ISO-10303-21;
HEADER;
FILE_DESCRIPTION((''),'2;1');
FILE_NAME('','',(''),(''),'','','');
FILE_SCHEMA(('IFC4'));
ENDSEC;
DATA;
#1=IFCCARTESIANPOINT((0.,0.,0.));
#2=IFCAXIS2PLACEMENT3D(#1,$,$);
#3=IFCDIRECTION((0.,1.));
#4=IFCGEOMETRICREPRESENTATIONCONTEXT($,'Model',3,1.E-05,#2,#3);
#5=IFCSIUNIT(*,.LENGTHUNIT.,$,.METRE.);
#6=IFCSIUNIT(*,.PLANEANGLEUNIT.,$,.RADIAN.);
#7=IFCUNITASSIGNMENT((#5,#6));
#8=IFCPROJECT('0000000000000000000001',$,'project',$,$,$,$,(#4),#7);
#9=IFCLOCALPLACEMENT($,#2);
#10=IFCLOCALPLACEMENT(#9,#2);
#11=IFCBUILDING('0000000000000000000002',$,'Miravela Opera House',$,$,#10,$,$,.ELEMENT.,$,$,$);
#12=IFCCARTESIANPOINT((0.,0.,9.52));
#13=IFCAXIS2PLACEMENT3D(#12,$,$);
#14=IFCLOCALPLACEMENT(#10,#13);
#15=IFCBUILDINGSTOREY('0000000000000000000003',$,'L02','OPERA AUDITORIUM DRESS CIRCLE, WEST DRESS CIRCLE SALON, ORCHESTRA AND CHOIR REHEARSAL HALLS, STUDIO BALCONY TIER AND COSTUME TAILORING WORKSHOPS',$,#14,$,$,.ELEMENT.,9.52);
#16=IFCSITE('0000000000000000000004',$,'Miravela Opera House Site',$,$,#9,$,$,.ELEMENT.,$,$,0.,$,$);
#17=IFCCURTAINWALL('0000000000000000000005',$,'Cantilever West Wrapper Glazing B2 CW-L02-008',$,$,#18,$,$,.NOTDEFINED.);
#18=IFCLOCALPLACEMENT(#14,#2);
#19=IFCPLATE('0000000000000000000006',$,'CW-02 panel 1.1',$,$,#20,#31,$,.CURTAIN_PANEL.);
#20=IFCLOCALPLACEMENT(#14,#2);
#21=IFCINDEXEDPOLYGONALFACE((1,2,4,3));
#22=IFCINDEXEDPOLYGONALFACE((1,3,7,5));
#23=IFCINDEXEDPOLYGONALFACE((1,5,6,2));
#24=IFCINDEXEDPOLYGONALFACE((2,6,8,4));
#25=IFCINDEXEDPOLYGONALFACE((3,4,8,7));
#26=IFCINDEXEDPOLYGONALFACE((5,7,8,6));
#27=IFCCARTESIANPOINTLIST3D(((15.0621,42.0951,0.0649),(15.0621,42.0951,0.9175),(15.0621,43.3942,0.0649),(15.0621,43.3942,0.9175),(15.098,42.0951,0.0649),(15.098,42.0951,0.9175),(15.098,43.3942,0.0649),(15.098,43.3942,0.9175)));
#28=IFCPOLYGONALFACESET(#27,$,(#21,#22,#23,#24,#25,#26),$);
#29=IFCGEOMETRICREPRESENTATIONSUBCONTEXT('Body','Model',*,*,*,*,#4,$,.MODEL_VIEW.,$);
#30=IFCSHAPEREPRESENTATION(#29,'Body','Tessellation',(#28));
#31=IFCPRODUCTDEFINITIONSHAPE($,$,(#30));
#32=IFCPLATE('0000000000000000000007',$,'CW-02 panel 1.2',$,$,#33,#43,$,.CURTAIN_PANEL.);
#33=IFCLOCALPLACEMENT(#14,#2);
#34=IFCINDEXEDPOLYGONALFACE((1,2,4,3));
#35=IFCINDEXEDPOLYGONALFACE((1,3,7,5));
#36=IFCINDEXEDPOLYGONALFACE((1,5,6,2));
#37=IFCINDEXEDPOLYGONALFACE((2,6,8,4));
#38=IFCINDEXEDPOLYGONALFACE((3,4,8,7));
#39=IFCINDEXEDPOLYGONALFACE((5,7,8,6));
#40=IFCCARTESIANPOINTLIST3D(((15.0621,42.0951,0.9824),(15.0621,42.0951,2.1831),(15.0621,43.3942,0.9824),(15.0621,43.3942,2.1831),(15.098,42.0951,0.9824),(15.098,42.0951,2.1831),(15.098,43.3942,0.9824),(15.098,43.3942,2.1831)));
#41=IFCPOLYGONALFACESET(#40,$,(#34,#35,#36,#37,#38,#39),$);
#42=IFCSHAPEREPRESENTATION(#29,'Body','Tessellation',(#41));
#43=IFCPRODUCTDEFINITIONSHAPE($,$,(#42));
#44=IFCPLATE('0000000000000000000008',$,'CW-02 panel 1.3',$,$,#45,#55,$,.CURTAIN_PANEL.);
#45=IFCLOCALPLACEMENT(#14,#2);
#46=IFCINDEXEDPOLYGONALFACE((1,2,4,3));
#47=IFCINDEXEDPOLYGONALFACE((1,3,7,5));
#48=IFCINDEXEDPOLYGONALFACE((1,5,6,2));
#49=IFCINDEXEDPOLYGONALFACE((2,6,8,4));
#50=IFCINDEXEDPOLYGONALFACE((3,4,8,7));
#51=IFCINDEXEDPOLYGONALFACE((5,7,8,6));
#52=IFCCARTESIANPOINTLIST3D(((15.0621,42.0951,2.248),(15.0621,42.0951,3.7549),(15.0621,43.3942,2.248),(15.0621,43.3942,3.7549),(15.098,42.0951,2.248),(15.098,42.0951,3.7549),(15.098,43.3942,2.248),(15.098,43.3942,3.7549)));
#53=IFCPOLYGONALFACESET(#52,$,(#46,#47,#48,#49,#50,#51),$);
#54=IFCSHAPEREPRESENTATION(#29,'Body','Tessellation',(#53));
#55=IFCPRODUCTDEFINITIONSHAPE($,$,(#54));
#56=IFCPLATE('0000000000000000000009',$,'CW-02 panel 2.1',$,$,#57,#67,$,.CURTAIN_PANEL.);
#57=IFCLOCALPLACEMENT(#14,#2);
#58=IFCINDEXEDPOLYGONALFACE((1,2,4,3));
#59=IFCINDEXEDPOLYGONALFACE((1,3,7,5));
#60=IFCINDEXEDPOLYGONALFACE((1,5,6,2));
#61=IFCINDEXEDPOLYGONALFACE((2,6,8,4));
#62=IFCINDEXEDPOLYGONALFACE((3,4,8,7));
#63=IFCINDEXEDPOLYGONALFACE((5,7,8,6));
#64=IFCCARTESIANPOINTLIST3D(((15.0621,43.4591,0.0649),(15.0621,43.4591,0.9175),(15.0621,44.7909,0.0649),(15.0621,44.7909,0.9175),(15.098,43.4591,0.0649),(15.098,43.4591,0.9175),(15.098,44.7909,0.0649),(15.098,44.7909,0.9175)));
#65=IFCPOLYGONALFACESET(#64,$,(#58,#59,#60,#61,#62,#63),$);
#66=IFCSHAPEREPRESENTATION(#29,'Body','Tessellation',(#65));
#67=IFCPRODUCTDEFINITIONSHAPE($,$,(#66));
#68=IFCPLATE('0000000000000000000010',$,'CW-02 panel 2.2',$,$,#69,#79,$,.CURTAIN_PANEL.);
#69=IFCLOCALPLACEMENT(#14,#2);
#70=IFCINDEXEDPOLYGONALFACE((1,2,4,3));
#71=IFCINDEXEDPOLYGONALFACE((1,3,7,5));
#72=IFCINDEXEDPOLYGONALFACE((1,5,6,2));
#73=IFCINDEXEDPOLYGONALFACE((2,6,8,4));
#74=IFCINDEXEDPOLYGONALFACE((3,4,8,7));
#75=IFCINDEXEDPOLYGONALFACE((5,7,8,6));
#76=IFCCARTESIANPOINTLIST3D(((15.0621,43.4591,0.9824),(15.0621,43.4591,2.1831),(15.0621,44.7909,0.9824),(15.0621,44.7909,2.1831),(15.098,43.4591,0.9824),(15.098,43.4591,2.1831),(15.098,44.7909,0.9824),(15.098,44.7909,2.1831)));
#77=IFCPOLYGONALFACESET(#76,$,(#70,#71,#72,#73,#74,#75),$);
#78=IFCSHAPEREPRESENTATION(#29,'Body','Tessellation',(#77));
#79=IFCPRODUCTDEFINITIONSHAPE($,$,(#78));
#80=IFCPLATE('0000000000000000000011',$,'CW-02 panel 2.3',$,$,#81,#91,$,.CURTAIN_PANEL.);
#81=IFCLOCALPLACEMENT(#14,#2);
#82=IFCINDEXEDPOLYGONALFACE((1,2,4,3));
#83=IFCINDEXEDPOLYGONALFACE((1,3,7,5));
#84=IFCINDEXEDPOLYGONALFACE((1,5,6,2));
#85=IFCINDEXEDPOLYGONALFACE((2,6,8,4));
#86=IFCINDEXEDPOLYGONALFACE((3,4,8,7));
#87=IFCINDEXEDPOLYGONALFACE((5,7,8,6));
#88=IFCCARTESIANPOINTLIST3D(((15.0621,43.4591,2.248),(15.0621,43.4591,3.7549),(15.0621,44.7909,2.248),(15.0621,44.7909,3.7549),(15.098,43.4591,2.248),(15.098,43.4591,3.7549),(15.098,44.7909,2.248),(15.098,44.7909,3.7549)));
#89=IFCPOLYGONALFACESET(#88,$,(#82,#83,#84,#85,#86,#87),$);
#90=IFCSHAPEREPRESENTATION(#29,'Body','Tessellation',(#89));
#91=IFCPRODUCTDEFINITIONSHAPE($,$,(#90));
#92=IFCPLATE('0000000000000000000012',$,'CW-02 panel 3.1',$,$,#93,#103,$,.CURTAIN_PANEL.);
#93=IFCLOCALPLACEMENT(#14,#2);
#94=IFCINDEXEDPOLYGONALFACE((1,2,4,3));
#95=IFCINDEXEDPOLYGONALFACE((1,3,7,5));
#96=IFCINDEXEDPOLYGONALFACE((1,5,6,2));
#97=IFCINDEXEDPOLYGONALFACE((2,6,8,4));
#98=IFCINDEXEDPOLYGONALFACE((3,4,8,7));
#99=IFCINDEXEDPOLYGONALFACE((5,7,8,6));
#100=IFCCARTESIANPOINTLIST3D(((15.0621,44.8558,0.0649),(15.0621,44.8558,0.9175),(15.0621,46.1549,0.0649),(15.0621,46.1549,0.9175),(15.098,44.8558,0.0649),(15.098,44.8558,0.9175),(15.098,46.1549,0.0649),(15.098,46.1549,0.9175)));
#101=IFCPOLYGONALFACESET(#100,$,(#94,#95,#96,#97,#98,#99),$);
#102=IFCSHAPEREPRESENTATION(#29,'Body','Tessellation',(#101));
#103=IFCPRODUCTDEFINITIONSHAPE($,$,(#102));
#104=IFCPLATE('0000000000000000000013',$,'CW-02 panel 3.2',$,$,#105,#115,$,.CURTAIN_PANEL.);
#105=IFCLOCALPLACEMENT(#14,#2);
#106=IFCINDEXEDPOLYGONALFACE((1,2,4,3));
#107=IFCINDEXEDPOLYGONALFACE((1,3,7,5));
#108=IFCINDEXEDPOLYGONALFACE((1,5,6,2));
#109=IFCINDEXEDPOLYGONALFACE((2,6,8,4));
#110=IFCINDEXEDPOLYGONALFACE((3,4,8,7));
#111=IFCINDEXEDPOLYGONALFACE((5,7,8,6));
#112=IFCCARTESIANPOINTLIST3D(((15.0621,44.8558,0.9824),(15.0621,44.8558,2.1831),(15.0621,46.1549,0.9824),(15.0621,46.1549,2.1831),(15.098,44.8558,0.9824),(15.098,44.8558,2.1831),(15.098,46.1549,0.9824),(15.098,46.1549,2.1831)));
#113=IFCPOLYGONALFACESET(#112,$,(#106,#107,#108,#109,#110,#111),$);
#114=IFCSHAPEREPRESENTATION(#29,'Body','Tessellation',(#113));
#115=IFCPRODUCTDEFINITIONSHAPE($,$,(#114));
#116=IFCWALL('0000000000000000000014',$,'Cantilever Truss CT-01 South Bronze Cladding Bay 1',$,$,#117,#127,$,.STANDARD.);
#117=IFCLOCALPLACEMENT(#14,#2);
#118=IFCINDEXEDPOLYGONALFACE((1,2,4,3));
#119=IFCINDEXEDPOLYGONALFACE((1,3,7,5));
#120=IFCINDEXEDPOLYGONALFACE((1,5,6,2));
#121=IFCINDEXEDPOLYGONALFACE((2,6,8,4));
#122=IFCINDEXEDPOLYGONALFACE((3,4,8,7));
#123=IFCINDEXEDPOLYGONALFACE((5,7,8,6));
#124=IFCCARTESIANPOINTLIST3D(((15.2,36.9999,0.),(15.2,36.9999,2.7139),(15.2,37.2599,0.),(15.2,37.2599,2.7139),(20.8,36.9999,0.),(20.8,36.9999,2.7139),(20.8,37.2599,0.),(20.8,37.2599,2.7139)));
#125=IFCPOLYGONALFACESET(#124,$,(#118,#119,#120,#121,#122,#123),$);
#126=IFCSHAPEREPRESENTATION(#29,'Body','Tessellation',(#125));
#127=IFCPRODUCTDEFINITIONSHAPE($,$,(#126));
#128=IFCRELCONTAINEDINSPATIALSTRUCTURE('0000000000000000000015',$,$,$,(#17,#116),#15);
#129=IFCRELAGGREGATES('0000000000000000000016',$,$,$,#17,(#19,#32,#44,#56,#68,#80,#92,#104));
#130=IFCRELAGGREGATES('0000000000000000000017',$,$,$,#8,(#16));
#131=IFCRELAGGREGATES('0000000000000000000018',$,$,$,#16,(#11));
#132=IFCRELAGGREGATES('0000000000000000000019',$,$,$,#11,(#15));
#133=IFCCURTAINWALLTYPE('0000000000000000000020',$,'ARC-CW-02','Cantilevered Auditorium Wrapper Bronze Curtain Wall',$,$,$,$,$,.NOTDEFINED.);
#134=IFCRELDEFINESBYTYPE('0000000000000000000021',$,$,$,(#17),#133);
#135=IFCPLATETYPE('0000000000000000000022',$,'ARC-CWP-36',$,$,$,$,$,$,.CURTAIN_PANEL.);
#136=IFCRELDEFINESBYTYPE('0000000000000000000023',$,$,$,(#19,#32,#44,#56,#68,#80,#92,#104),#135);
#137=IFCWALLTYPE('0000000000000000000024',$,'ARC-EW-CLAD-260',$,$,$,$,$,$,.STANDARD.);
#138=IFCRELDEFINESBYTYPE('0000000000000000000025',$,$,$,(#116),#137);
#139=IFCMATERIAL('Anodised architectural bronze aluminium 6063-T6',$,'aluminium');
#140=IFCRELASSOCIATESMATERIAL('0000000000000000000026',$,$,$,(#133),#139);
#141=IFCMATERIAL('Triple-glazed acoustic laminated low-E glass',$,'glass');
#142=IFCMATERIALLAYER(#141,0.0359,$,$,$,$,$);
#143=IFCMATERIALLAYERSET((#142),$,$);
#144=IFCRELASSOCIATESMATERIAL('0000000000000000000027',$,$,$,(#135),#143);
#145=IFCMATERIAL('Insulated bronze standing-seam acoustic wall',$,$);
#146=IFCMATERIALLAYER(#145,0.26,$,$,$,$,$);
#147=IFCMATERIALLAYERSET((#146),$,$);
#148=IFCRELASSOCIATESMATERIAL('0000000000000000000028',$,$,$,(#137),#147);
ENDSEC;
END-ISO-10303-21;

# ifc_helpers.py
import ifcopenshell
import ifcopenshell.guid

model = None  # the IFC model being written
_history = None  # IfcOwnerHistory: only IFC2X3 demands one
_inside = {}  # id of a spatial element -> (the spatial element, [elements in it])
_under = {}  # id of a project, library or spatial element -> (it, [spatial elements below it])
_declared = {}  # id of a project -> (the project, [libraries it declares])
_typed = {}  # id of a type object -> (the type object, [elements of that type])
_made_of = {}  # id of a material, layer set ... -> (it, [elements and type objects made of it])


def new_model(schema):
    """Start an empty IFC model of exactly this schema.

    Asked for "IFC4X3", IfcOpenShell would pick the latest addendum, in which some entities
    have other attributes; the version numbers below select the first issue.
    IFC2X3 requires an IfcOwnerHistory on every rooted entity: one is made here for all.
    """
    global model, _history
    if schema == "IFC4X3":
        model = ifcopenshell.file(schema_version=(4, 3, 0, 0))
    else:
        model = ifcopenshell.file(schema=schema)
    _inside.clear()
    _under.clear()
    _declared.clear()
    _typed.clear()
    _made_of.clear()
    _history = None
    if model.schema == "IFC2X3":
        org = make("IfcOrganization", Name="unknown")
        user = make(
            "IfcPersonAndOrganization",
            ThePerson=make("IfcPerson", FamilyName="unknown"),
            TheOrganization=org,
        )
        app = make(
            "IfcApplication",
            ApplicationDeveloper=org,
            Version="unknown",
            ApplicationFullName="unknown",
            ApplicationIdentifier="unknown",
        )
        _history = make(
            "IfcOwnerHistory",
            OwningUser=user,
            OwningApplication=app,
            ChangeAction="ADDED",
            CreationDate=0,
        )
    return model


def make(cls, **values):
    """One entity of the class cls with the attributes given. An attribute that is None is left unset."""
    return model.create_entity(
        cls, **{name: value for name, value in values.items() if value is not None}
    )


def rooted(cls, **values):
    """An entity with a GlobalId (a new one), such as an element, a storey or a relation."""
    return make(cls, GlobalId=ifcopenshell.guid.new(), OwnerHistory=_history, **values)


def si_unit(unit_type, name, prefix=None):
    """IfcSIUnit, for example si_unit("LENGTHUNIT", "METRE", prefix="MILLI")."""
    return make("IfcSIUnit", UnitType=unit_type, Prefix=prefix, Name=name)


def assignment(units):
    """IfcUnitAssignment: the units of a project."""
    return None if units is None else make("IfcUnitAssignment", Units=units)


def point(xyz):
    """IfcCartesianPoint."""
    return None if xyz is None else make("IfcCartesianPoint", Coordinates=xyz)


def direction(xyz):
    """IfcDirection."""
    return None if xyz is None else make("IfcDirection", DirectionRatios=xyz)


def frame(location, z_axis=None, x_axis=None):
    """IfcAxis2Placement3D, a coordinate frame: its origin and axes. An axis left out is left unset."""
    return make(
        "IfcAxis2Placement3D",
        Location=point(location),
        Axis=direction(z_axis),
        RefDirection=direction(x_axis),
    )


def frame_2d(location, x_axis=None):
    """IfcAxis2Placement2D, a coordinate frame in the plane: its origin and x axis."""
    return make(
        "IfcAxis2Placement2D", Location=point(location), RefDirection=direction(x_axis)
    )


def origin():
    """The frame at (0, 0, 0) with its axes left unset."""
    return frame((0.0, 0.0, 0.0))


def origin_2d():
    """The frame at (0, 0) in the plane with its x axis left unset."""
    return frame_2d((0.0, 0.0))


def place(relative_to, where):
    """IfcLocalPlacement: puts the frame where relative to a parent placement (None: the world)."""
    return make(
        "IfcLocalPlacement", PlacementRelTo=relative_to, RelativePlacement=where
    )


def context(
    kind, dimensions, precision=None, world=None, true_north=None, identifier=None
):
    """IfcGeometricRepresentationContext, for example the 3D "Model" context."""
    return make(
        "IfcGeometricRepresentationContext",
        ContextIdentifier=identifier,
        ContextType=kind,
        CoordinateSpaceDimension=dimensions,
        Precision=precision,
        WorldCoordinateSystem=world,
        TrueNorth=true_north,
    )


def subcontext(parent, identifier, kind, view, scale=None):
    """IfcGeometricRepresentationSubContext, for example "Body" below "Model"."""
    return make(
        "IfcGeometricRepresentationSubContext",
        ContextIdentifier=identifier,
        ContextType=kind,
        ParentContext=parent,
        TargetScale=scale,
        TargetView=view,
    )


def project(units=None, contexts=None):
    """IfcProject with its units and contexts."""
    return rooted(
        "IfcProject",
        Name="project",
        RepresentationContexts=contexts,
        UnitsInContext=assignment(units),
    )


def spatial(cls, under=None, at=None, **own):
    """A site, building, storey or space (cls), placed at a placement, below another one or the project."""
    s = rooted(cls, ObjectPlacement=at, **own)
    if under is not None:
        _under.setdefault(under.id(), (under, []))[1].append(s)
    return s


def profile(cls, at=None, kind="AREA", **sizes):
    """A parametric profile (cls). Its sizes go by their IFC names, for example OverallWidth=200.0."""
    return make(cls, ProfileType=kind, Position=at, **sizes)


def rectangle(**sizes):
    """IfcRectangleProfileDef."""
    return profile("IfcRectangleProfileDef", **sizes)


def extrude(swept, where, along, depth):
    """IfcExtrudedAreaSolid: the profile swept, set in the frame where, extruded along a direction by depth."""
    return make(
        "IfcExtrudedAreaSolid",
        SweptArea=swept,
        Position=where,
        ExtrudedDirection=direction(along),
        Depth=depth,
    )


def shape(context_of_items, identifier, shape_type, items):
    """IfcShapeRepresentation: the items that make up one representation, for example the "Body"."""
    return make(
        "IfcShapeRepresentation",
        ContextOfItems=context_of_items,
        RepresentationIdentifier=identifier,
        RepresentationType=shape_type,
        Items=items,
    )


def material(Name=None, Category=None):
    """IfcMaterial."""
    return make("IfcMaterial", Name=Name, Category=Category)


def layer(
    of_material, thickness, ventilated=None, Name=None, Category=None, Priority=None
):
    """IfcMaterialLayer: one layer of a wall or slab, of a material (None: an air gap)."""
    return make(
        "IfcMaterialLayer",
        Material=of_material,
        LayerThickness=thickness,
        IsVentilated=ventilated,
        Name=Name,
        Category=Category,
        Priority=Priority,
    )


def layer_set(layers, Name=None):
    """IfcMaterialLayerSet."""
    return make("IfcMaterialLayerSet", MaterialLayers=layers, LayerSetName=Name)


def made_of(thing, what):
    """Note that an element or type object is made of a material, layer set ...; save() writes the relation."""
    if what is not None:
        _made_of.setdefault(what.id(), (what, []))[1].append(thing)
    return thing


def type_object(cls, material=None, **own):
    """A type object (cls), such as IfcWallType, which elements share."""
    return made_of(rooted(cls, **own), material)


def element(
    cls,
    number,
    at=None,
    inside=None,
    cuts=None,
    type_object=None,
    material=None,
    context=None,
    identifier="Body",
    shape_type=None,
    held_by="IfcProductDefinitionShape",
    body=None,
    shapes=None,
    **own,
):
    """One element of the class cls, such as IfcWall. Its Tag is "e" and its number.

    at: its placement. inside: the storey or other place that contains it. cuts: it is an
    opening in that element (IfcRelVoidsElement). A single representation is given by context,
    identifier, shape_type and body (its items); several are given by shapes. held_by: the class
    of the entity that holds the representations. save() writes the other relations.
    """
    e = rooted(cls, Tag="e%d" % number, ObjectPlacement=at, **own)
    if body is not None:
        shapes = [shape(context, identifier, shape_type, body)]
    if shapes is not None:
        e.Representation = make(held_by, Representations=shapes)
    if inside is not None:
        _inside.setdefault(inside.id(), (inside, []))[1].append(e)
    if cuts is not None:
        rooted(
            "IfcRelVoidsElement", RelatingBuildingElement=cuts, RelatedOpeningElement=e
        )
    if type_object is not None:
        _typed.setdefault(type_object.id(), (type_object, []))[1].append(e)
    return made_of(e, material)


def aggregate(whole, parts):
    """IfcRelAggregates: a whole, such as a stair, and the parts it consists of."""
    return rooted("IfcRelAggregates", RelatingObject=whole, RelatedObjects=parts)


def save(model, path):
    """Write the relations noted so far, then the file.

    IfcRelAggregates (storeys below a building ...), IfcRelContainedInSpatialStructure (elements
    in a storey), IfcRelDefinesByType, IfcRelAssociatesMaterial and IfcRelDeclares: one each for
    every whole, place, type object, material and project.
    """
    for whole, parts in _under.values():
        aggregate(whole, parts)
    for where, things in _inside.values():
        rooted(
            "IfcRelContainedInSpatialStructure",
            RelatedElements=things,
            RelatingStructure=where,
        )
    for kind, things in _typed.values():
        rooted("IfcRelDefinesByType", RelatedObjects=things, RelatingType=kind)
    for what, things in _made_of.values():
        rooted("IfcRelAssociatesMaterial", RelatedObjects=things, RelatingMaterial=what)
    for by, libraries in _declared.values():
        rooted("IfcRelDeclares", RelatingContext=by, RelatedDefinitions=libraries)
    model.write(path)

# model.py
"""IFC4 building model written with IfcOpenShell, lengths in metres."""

from ifc_helpers import new_model, si_unit, direction, frame, frame_2d, origin, origin_2d, place, context, subcontext, project, spatial, rectangle, extrude, material, layer, layer_set, type_object, element, aggregate, save


model = new_model("IFC4")

# Units and contexts
model_context = context("Model", 3, precision=1e-05, world=origin(), true_north=direction((0.0, 1.0)))
body_context = subcontext(model_context, "Body", "Model", "MODEL_VIEW")
ifc_project = project(units=[si_unit("LENGTHUNIT", "METRE"), si_unit("PLANEANGLEUNIT", "RADIAN")], contexts=[model_context])

# Site, building, storey
site_placement = place(None, origin())
site = spatial("IfcSite", under=ifc_project, at=site_placement, Name="Miravela Opera House Site", CompositionType="ELEMENT", RefElevation=0.0)
building_placement = place(site_placement, origin())
building = spatial("IfcBuilding", under=site, at=building_placement, Name="Miravela Opera House", CompositionType="ELEMENT")
storey_placement = place(building_placement, frame((0.0, 0.0, 9.52)))
storey = spatial("IfcBuildingStorey", under=building, at=storey_placement, Name="L02", Description="OPERA AUDITORIUM DRESS CIRCLE, WEST DRESS CIRCLE SALON, ORCHESTRA AND CHOIR REHEARSAL HALLS, STUDIO BALCONY TIER AND COSTUME TAILORING WORKSHOPS", CompositionType="ELEMENT", Elevation=9.52)

# Curtain wall
ifc_material_1 = material(Name="Anodised architectural bronze aluminium 6063-T6", Category="aluminium")
curtain_wall_type = type_object("IfcCurtainWallType", Name="ARC-CW-02", Description="Cantilevered Auditorium Wrapper Bronze Curtain Wall", PredefinedType="NOTDEFINED", material=ifc_material_1)
curtain_wall_placement = place(storey_placement, origin())
curtain_wall = element("IfcCurtainWall", 1, at=curtain_wall_placement, inside=storey, type_object=curtain_wall_type, Name="Cantilever West Wrapper Glazing B2 CW-L02-008", PredefinedType="NOTDEFINED")

# Plates
ifc_material_2 = material(Name="Triple-glazed acoustic laminated low-E glass", Category="glass")
ifc_layer_1 = layer(ifc_material_2, 0.0359)
ifc_layer_set_1 = layer_set([ifc_layer_1])
plate_type = type_object("IfcPlateType", Name="ARC-CWP-36", PredefinedType="CURTAIN_PANEL", material=ifc_layer_set_1)
plate_1_placement = place(storey_placement, frame((15.0801, 42.7446, 0.0649), z_axis=(0.0, 0.0, 1.0), x_axis=(0.0, 1.0, 0.0)))
plate_1 = element("IfcPlate", 2, at=plate_1_placement, type_object=plate_type, Name="CW-02 panel 1.1", PredefinedType="CURTAIN_PANEL", context=body_context, shape_type="SweptSolid", body=[
    extrude(rectangle(XDim=1.2991, YDim=0.0359, at=origin_2d()), origin(), (0.0, 0.0, 1.0), 0.8525),
])
plate_2_placement = place(storey_placement, frame((15.0801, 42.7446, 0.9824), z_axis=(0.0, 0.0, 1.0), x_axis=(0.0, 1.0, 0.0)))
plate_2 = element("IfcPlate", 3, at=plate_2_placement, type_object=plate_type, Name="CW-02 panel 1.2", PredefinedType="CURTAIN_PANEL", context=body_context, shape_type="SweptSolid", body=[
    extrude(rectangle(XDim=1.2991, YDim=0.0359, at=origin_2d()), origin(), (0.0, 0.0, 1.0), 1.2007),
])
plate_3_placement = place(storey_placement, frame((15.0801, 42.7446, 2.248), z_axis=(0.0, 0.0, 1.0), x_axis=(0.0, 1.0, 0.0)))
plate_3 = element("IfcPlate", 4, at=plate_3_placement, type_object=plate_type, Name="CW-02 panel 1.3", PredefinedType="CURTAIN_PANEL", context=body_context, shape_type="SweptSolid", body=[
    extrude(rectangle(XDim=1.2991, YDim=0.0359, at=origin_2d()), origin(), (0.0, 0.0, 1.0), 1.5068),
])
plate_4_placement = place(storey_placement, frame((15.0801, 44.125, 0.0649), z_axis=(0.0, 0.0, 1.0), x_axis=(0.0, 1.0, 0.0)))
plate_4 = element("IfcPlate", 5, at=plate_4_placement, type_object=plate_type, Name="CW-02 panel 2.1", PredefinedType="CURTAIN_PANEL", context=body_context, shape_type="SweptSolid", body=[
    extrude(rectangle(XDim=1.3318, YDim=0.0359, at=origin_2d()), origin(), (0.0, 0.0, 1.0), 0.8525),
])
plate_5_placement = place(storey_placement, frame((15.0801, 44.125, 0.9824), z_axis=(0.0, 0.0, 1.0), x_axis=(0.0, 1.0, 0.0)))
plate_5 = element("IfcPlate", 6, at=plate_5_placement, type_object=plate_type, Name="CW-02 panel 2.2", PredefinedType="CURTAIN_PANEL", context=body_context, shape_type="SweptSolid", body=[
    extrude(rectangle(XDim=1.3318, YDim=0.0359, at=origin_2d()), origin(), (0.0, 0.0, 1.0), 1.2007),
])
plate_6_placement = place(storey_placement, frame((15.0801, 44.125, 2.248), z_axis=(0.0, 0.0, 1.0), x_axis=(0.0, 1.0, 0.0)))
plate_6 = element("IfcPlate", 7, at=plate_6_placement, type_object=plate_type, Name="CW-02 panel 2.3", PredefinedType="CURTAIN_PANEL", context=body_context, shape_type="SweptSolid", body=[
    extrude(rectangle(XDim=1.3318, YDim=0.0359, at=origin_2d()), origin(), (0.0, 0.0, 1.0), 1.5068),
])
plate_7_placement = place(storey_placement, frame((15.0801, 45.5054, 0.0649), z_axis=(0.0, 0.0, 1.0), x_axis=(0.0, 1.0, 0.0)))
plate_7 = element("IfcPlate", 8, at=plate_7_placement, type_object=plate_type, Name="CW-02 panel 3.1", PredefinedType="CURTAIN_PANEL", context=body_context, shape_type="SweptSolid", body=[
    extrude(rectangle(XDim=1.2991, YDim=0.0359, at=origin_2d()), origin(), (0.0, 0.0, 1.0), 0.8525),
])
plate_8_placement = place(storey_placement, frame((15.0801, 45.5054, 0.9824), z_axis=(0.0, 0.0, 1.0), x_axis=(0.0, 1.0, 0.0)))
plate_8 = element("IfcPlate", 9, at=plate_8_placement, type_object=plate_type, Name="CW-02 panel 3.2", PredefinedType="CURTAIN_PANEL", context=body_context, shape_type="SweptSolid", body=[
    extrude(rectangle(XDim=1.2991, YDim=0.0359, at=origin_2d()), origin(), (0.0, 0.0, 1.0), 1.2007),
])
aggregate(curtain_wall, [plate_1, plate_2, plate_3, plate_4, plate_5, plate_6, plate_7, plate_8])

# Wall
ifc_material_3 = material(Name="Insulated bronze standing-seam acoustic wall")
ifc_layer_2 = layer(ifc_material_3, 0.26)
ifc_layer_set_2 = layer_set([ifc_layer_2])
wall_type = type_object("IfcWallType", Name="ARC-EW-CLAD-260", PredefinedType="STANDARD", material=ifc_layer_set_2)
wall_placement = place(storey_placement, frame((15.2, 37.1299, 0.0), z_axis=(0.0, 0.0, 1.0), x_axis=(1.0, 0.0, 0.0)))
element("IfcWall", 10, at=wall_placement, inside=storey, type_object=wall_type, Name="Cantilever Truss CT-01 South Bronze Cladding Bay 1", PredefinedType="STANDARD", context=body_context, shape_type="SweptSolid", body=[
    extrude(rectangle(XDim=5.6001, YDim=0.26, at=frame_2d((2.8, 0.0))), origin(), (0.0, 0.0, 1.0), 2.7139),
])

save(model, "model.ifc")
